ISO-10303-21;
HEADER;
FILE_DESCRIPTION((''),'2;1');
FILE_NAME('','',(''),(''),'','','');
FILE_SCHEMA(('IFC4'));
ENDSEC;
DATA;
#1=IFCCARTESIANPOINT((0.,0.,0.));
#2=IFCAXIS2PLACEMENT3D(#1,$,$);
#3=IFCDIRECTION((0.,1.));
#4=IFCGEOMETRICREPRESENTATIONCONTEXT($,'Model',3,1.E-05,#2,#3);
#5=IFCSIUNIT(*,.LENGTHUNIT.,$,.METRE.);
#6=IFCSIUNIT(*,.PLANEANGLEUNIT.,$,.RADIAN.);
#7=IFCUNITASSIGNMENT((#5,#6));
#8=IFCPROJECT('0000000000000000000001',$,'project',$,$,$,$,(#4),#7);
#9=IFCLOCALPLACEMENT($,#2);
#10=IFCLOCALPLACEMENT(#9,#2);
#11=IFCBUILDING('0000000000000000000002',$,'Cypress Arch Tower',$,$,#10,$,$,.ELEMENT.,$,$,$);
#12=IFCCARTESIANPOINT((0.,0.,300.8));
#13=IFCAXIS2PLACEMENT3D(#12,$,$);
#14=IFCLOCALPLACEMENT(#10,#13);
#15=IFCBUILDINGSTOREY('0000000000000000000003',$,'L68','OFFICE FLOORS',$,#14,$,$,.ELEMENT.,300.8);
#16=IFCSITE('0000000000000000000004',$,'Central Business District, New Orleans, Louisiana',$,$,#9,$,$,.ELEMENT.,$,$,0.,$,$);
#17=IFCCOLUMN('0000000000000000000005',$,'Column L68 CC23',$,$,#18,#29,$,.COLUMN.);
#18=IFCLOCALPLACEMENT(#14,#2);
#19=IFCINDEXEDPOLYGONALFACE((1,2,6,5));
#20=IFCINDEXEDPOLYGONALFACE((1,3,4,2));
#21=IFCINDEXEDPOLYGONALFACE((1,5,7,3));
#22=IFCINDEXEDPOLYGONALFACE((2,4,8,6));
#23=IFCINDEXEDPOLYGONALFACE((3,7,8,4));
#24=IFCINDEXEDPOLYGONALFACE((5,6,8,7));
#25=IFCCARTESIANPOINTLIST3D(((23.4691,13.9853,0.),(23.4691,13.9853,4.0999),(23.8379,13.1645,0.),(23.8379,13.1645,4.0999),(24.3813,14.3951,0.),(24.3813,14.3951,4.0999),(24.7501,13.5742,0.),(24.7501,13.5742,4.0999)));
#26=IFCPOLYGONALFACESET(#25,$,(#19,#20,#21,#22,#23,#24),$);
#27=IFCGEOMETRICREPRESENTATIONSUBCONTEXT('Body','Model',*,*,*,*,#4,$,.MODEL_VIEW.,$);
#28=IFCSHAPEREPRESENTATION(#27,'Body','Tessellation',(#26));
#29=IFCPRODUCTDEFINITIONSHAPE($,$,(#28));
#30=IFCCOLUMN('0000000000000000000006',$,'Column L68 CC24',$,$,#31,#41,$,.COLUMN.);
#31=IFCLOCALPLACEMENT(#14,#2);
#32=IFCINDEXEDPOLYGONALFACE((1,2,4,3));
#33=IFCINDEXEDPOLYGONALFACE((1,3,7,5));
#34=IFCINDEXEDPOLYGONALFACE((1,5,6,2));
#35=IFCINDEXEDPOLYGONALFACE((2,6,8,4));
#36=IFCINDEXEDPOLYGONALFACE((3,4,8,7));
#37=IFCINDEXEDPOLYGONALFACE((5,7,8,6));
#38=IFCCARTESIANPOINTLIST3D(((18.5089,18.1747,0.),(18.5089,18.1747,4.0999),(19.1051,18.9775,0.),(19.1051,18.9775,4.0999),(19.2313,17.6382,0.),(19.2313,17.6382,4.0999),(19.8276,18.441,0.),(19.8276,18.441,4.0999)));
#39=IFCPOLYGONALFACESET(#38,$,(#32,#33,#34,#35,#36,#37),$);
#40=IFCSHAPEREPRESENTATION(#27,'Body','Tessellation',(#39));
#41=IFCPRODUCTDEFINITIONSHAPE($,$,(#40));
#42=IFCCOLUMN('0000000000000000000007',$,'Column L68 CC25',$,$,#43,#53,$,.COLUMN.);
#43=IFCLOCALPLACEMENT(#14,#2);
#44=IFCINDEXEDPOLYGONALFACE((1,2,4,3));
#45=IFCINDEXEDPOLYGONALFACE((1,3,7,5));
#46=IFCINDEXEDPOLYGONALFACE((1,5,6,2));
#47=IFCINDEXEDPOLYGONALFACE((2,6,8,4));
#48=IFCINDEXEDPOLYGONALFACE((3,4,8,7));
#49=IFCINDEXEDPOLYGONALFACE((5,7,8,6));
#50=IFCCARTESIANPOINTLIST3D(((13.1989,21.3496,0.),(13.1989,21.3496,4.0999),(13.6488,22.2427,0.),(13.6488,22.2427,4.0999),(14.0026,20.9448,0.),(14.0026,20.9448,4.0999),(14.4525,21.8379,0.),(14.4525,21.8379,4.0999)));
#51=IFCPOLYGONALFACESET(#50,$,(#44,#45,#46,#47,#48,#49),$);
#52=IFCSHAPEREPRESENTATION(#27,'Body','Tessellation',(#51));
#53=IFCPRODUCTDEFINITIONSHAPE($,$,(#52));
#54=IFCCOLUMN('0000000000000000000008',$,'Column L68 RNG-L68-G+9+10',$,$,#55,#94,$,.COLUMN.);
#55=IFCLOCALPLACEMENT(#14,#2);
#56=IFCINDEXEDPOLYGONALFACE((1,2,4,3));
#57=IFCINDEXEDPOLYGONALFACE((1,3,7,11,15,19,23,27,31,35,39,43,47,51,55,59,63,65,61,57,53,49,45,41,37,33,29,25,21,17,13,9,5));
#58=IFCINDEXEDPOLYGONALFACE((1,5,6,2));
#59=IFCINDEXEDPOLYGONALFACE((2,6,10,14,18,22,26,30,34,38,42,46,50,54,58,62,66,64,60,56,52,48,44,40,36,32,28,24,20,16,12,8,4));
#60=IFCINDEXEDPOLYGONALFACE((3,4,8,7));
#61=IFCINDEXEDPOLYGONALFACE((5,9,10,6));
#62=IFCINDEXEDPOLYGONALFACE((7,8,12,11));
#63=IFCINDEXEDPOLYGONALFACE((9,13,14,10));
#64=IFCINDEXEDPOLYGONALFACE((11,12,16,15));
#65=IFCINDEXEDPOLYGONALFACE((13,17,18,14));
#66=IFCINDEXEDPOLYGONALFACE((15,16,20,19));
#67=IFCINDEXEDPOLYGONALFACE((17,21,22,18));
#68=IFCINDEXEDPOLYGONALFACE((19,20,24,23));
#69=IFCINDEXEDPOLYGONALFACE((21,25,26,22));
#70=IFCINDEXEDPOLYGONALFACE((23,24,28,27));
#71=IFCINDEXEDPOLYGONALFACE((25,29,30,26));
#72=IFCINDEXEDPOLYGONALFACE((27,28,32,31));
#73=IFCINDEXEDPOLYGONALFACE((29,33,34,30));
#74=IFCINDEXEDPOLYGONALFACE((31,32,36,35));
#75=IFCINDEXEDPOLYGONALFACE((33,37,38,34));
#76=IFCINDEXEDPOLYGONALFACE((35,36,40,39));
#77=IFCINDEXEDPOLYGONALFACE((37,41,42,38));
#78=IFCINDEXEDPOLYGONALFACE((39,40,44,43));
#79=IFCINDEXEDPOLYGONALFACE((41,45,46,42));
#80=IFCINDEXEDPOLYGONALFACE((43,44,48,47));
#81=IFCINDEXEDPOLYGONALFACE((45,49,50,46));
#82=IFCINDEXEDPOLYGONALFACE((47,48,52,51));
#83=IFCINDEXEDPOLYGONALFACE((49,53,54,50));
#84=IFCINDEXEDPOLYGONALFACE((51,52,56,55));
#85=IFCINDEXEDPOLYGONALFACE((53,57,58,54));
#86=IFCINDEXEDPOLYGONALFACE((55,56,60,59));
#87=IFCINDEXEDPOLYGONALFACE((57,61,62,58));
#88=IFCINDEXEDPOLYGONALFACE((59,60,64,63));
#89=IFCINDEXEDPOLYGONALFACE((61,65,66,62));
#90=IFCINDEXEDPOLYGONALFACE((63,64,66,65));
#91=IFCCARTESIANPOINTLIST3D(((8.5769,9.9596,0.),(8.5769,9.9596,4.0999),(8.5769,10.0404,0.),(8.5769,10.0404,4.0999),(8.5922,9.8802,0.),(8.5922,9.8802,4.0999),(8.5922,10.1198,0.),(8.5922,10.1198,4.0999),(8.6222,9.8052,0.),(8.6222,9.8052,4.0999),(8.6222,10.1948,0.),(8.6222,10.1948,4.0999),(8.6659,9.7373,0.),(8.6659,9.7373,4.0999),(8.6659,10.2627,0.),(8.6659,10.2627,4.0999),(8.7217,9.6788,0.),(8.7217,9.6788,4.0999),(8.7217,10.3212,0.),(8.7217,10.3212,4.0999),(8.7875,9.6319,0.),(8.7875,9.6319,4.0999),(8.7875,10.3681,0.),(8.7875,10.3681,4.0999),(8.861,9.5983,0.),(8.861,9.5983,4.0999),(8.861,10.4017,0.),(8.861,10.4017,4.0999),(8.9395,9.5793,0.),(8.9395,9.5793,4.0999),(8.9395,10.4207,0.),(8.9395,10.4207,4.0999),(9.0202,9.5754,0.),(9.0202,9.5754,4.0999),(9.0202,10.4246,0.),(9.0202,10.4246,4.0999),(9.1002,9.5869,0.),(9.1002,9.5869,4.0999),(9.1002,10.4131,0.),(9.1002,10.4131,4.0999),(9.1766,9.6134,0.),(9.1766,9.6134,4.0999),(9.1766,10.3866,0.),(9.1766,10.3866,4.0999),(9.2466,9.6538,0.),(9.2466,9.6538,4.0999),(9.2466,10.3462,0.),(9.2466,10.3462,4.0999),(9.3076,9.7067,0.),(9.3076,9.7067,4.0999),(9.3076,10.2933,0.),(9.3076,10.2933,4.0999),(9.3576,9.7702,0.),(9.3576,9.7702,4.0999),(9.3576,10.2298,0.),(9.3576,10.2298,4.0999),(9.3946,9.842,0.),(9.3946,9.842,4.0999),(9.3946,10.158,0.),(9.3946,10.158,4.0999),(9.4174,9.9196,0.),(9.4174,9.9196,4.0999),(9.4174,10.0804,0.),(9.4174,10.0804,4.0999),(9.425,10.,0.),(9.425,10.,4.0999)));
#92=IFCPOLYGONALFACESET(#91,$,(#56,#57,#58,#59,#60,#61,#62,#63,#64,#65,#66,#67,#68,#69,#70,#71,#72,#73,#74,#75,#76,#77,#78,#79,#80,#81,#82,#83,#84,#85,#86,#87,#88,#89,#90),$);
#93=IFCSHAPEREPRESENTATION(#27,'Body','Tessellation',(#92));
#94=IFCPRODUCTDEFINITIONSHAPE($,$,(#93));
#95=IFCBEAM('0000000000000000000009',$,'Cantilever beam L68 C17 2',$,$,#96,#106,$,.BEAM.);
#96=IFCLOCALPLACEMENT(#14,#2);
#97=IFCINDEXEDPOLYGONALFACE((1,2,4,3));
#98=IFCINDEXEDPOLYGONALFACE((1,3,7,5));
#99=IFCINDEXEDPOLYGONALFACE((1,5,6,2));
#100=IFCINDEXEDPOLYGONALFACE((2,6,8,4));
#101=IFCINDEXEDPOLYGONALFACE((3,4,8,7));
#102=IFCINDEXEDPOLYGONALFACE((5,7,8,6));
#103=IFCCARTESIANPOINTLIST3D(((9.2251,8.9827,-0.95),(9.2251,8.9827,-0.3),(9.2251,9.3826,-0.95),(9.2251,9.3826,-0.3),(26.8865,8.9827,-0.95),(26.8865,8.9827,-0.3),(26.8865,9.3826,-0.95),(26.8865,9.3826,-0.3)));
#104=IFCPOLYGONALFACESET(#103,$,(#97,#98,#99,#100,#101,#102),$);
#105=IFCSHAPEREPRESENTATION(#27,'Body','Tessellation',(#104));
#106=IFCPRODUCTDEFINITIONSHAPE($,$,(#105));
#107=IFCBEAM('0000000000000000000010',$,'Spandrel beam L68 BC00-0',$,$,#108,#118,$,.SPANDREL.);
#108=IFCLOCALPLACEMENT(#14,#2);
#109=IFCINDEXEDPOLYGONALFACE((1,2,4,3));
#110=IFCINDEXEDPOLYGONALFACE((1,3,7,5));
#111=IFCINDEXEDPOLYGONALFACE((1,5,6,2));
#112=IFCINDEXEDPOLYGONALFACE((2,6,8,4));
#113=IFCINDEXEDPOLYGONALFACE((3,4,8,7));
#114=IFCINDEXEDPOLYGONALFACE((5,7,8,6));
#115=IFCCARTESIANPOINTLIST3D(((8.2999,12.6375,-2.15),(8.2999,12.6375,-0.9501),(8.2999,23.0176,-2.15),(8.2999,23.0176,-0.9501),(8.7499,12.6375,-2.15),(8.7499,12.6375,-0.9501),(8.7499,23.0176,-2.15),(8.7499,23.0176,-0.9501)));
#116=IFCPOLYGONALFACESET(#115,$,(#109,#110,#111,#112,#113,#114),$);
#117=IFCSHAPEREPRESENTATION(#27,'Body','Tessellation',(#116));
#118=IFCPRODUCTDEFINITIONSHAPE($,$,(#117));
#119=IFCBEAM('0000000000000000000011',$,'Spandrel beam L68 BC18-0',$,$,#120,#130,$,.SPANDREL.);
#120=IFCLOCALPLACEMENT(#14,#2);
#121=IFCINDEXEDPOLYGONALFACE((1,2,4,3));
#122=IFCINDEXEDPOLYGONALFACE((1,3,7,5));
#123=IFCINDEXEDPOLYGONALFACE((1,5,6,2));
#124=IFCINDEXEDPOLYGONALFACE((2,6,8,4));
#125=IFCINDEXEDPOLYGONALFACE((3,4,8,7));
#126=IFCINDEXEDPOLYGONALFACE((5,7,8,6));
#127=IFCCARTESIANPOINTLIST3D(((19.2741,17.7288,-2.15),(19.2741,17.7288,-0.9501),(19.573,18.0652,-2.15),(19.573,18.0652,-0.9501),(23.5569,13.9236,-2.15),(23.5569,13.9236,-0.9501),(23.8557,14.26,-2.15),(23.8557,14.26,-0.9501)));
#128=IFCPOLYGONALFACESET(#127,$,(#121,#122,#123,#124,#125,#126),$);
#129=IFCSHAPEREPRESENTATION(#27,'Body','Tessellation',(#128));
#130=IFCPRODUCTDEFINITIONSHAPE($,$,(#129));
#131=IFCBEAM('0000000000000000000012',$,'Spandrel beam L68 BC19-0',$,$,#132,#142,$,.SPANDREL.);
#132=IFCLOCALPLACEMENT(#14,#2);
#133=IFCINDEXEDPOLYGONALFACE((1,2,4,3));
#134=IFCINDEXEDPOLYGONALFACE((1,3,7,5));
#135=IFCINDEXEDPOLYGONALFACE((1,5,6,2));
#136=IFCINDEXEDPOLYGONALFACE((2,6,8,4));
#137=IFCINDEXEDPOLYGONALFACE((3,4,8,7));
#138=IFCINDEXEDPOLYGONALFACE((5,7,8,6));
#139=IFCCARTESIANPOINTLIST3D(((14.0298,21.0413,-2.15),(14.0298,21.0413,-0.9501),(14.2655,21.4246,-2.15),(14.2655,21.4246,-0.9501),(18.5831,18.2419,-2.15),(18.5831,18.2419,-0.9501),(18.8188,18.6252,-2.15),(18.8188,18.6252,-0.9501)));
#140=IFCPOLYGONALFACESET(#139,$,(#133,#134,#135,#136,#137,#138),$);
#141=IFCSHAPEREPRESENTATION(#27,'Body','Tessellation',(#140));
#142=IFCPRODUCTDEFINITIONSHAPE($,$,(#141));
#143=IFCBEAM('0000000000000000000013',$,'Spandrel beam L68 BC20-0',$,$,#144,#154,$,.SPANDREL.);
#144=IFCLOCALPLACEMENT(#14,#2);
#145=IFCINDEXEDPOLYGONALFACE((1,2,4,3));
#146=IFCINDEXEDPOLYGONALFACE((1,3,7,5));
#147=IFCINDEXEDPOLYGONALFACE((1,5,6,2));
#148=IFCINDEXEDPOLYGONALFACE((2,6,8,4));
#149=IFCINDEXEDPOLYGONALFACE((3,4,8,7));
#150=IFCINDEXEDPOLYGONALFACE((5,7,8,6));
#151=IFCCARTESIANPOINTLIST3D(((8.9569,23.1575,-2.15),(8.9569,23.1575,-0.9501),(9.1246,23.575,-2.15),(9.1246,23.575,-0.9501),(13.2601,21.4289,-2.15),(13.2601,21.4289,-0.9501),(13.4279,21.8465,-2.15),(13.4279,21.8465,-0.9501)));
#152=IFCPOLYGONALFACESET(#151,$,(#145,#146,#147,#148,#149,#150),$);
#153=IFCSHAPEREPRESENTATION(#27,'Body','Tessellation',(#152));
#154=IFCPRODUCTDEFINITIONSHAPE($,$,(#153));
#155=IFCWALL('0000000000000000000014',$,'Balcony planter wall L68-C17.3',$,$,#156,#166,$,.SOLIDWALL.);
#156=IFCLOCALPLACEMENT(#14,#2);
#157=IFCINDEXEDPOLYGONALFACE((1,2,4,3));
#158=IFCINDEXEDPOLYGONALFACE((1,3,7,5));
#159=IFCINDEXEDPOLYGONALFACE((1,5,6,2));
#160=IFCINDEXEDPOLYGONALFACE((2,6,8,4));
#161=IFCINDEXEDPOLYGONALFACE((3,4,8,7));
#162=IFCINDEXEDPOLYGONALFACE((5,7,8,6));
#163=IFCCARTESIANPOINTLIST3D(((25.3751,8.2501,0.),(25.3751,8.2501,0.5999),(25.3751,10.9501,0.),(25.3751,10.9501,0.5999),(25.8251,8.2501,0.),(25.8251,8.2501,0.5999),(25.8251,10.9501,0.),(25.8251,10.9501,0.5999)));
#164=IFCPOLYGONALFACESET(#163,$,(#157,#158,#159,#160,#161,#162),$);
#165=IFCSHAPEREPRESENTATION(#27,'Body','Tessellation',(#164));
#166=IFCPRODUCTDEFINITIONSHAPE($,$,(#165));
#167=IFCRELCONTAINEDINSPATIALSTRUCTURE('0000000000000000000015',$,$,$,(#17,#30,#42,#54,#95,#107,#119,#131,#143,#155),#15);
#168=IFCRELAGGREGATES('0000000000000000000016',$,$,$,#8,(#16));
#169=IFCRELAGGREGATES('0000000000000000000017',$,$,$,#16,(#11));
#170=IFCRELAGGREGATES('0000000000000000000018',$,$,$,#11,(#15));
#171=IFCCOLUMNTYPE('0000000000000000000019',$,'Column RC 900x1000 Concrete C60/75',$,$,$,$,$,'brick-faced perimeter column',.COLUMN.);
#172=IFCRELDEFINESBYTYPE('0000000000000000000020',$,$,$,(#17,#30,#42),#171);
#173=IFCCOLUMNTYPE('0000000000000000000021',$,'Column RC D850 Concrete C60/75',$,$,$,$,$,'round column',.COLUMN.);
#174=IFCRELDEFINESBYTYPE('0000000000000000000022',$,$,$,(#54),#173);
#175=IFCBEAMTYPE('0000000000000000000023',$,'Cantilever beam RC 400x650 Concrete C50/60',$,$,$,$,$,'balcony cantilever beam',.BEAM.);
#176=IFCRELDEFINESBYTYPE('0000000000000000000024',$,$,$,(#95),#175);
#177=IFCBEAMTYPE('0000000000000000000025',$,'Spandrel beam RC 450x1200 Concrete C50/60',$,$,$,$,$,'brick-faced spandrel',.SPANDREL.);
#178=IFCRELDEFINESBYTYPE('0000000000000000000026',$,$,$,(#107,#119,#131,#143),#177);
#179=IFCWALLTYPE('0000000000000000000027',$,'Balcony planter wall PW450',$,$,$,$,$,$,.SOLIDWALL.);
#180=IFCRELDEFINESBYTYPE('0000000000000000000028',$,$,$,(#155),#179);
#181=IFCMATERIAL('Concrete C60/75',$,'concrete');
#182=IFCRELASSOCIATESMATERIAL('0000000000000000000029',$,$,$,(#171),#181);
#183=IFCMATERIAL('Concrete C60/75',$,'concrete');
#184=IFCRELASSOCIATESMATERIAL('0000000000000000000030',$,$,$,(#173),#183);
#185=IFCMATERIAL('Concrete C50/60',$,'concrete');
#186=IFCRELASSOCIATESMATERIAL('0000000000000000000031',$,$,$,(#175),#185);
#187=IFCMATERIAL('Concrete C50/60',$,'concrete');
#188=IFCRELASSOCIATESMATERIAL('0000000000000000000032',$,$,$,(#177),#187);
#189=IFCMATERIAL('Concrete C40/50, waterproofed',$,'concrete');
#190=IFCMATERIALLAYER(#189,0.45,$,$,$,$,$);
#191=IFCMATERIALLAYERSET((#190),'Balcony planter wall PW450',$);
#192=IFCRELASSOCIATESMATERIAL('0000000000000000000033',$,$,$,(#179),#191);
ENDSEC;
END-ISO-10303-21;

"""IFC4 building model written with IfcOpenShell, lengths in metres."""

from ifc_helpers import new_model, si_unit, direction, frame, frame_2d, origin, origin_2d, place, context, subcontext, project, spatial, rectangle, circle, extrude, material, layer, layer_set, material_profile, profile_set, type_object, element, save


model = new_model("IFC4")

# Units and contexts
model_context = context("Model", 3, precision=1e-05, world=origin(), true_north=direction((0.0, 1.0)))
body_context = subcontext(model_context, "Body", "Model", "MODEL_VIEW")
ifc_project = project(units=[si_unit("LENGTHUNIT", "METRE"), si_unit("PLANEANGLEUNIT", "RADIAN")], contexts=[model_context])

# Site, building, storey
site_placement = place(None, origin())
site = spatial("IfcSite", under=ifc_project, at=site_placement, Name="Central Business District, New Orleans, Louisiana", CompositionType="ELEMENT", RefElevation=0.0)
building_placement = place(site_placement, origin())
building = spatial("IfcBuilding", under=site, at=building_placement, Name="Cypress Arch Tower", CompositionType="ELEMENT")
storey_placement = place(building_placement, frame((0.0, 0.0, 300.8)))
storey = spatial("IfcBuildingStorey", under=building, at=storey_placement, Name="L68", Description="OFFICE FLOORS", CompositionType="ELEMENT", Elevation=300.8)

# Columns
ifc_material_1 = material(Name="Concrete C60/75", Category="concrete")
ifc_material_profile_1 = material_profile(ifc_material_1, rectangle(XDim=0.8999, YDim=1.0, at=origin_2d()), Name="RC 900x1000")
ifc_profile_set_1 = profile_set([ifc_material_profile_1], Name="Concrete C60/75")
column_type_1 = type_object("IfcColumnType", Name="Column RC 900x1000 Concrete C60/75", ElementType="brick-faced perimeter column", PredefinedType="COLUMN", material=ifc_profile_set_1)
for number, where, z_axis, x_axis, name in (
    (1, (24.1096, 13.7798, 0.0), (0.0, 0.0, 1.0), (-0.409765, 0.912191, 0.0), "Column L68 CC23"),
    (2, (19.1682, 18.3079, 0.0), (0.0, 0.0, 1.0), (-0.802799, 0.59625, 0.0), "Column L68 CC24"),
    (3, (13.8257, 21.5938, 0.0), (0.0, 0.0, 1.0), (-0.893106, 0.449845, 0.0), "Column L68 CC25"),
):
    element("IfcColumn", number, at=place(storey_placement, frame(where, z_axis=z_axis, x_axis=x_axis)), inside=storey, type_object=column_type_1, Name=name, PredefinedType="COLUMN", context=body_context, shape_type="SweptSolid", body=[
        extrude(rectangle(XDim=0.8999, YDim=1.0, at=origin_2d()), origin(), (0.0, 0.0, 1.0), 4.0999),
    ])
ifc_material_2 = material(Name="Concrete C60/75", Category="concrete")
ifc_material_profile_2 = material_profile(ifc_material_2, circle(Radius=0.425, at=origin_2d()), Name="RC D850")
ifc_profile_set_2 = profile_set([ifc_material_profile_2], Name="Concrete C60/75")
column_type_2 = type_object("IfcColumnType", Name="Column RC D850 Concrete C60/75", ElementType="round column", PredefinedType="COLUMN", material=ifc_profile_set_2)
column_placement = place(storey_placement, frame((9.0, 10.0, 0.0), z_axis=(0.0, 0.0, 1.0), x_axis=(1.0, 0.0, 0.0)))
element("IfcColumn", 4, at=column_placement, inside=storey, type_object=column_type_2, Name="Column L68 RNG-L68-G+9+10", PredefinedType="COLUMN", context=body_context, shape_type="SweptSolid", body=[
    extrude(circle(Radius=0.425, at=origin_2d()), origin(), (0.0, 0.0, 1.0), 4.0999),
])

# Beams
ifc_material_3 = material(Name="Concrete C50/60", Category="concrete")
ifc_material_profile_3 = material_profile(ifc_material_3, rectangle(XDim=0.3999, YDim=0.6499, at=origin_2d()), Name="RC 400x650")
ifc_profile_set_3 = profile_set([ifc_material_profile_3], Name="Concrete C50/60")
beam_type_1 = type_object("IfcBeamType", Name="Cantilever beam RC 400x650 Concrete C50/60", ElementType="balcony cantilever beam", PredefinedType="BEAM", material=ifc_profile_set_3)
beam_1_placement = place(storey_placement, frame((9.2251, 9.1826, -0.625), z_axis=(1.0, 0.0, 0.0), x_axis=(0.0, 1.0, 0.0)))
element("IfcBeam", 5, at=beam_1_placement, inside=storey, type_object=beam_type_1, Name="Cantilever beam L68 C17 2", PredefinedType="BEAM", context=body_context, shape_type="SweptSolid", body=[
    extrude(rectangle(XDim=0.3999, YDim=0.6499, at=origin_2d()), origin(), (0.0, 0.0, 1.0), 17.6614),
])
ifc_material_4 = material(Name="Concrete C50/60", Category="concrete")
ifc_material_profile_4 = material_profile(ifc_material_4, rectangle(XDim=0.45, YDim=1.2, at=origin_2d()), Name="RC 450x1200")
ifc_profile_set_4 = profile_set([ifc_material_profile_4], Name="Concrete C50/60")
beam_type_2 = type_object("IfcBeamType", Name="Spandrel beam RC 450x1200 Concrete C50/60", ElementType="brick-faced spandrel", PredefinedType="SPANDREL", material=ifc_profile_set_4)
beam_2_placement = place(storey_placement, frame((8.5249, 23.0176, -1.55), z_axis=(0.0, -1.0, 0.0), x_axis=(1.0, 0.0, 0.0)))
element("IfcBeam", 6, at=beam_2_placement, inside=storey, type_object=beam_type_2, Name="Spandrel beam L68 BC00-0", PredefinedType="SPANDREL", context=body_context, shape_type="SweptSolid", body=[
    extrude(rectangle(XDim=0.45, YDim=1.2, at=origin_2d()), origin(), (0.0, 0.0, 1.0), 10.3801),
])
beam_3_placement = place(storey_placement, frame((23.7063, 14.0918, -1.55), z_axis=(-0.747555, 0.6642, 0.0), x_axis=(-0.6642, -0.747555, 0.0)))
element("IfcBeam", 7, at=beam_3_placement, inside=storey, type_object=beam_type_2, Name="Spandrel beam L68 BC18-0", PredefinedType="SPANDREL", context=body_context, shape_type="SweptSolid", body=[
    extrude(rectangle(XDim=0.45, YDim=1.2, at=origin_2d()), origin(), (0.0, 0.0, 1.0), 5.729),
])
beam_4_placement = place(storey_placement, frame((18.7009, 18.4336, -1.55), z_axis=(-0.851881, 0.523735, 0.0), x_axis=(-0.523735, -0.851881, 0.0)))
element("IfcBeam", 8, at=beam_4_placement, inside=storey, type_object=beam_type_2, Name="Spandrel beam L68 BC19-0", PredefinedType="SPANDREL", context=body_context, shape_type="SweptSolid", body=[
    extrude(rectangle(XDim=0.45, YDim=1.2, at=origin_2d()), origin(), (0.0, 0.0, 1.0), 5.345),
])
beam_5_placement = place(storey_placement, frame((13.344, 21.6377, -1.55), z_axis=(-0.927938, 0.372734, 0.0), x_axis=(-0.372734, -0.927938, 0.0)))
element("IfcBeam", 9, at=beam_5_placement, inside=storey, type_object=beam_type_2, Name="Spandrel beam L68 BC20-0", PredefinedType="SPANDREL", context=body_context, shape_type="SweptSolid", body=[
    extrude(rectangle(XDim=0.45, YDim=1.2, at=origin_2d()), origin(), (0.0, 0.0, 1.0), 4.6375),
])

# Wall
ifc_material_5 = material(Name="Concrete C40/50, waterproofed", Category="concrete")
ifc_layer_1 = layer(ifc_material_5, 0.45)
ifc_layer_set_1 = layer_set([ifc_layer_1], Name="Balcony planter wall PW450")
wall_type_1 = type_object("IfcWallType", Name="Balcony planter wall PW450", PredefinedType="SOLIDWALL", material=ifc_layer_set_1)
wall_1_placement = place(storey_placement, frame((25.6001, 8.25, 0.0), z_axis=(0.0, 0.0, 1.0), x_axis=(0.0, 1.0, 0.0)))
element("IfcWall", 10, at=wall_1_placement, inside=storey, type_object=wall_type_1, Name="Balcony planter wall L68-C17.3", PredefinedType="SOLIDWALL", context=body_context, shape_type="SweptSolid", body=[
    extrude(rectangle(XDim=2.7, YDim=0.45, at=frame_2d((1.3501, 0.0))), origin(), (0.0, 0.0, 1.0), 0.5999),
])

save(model, "model.ifc")
